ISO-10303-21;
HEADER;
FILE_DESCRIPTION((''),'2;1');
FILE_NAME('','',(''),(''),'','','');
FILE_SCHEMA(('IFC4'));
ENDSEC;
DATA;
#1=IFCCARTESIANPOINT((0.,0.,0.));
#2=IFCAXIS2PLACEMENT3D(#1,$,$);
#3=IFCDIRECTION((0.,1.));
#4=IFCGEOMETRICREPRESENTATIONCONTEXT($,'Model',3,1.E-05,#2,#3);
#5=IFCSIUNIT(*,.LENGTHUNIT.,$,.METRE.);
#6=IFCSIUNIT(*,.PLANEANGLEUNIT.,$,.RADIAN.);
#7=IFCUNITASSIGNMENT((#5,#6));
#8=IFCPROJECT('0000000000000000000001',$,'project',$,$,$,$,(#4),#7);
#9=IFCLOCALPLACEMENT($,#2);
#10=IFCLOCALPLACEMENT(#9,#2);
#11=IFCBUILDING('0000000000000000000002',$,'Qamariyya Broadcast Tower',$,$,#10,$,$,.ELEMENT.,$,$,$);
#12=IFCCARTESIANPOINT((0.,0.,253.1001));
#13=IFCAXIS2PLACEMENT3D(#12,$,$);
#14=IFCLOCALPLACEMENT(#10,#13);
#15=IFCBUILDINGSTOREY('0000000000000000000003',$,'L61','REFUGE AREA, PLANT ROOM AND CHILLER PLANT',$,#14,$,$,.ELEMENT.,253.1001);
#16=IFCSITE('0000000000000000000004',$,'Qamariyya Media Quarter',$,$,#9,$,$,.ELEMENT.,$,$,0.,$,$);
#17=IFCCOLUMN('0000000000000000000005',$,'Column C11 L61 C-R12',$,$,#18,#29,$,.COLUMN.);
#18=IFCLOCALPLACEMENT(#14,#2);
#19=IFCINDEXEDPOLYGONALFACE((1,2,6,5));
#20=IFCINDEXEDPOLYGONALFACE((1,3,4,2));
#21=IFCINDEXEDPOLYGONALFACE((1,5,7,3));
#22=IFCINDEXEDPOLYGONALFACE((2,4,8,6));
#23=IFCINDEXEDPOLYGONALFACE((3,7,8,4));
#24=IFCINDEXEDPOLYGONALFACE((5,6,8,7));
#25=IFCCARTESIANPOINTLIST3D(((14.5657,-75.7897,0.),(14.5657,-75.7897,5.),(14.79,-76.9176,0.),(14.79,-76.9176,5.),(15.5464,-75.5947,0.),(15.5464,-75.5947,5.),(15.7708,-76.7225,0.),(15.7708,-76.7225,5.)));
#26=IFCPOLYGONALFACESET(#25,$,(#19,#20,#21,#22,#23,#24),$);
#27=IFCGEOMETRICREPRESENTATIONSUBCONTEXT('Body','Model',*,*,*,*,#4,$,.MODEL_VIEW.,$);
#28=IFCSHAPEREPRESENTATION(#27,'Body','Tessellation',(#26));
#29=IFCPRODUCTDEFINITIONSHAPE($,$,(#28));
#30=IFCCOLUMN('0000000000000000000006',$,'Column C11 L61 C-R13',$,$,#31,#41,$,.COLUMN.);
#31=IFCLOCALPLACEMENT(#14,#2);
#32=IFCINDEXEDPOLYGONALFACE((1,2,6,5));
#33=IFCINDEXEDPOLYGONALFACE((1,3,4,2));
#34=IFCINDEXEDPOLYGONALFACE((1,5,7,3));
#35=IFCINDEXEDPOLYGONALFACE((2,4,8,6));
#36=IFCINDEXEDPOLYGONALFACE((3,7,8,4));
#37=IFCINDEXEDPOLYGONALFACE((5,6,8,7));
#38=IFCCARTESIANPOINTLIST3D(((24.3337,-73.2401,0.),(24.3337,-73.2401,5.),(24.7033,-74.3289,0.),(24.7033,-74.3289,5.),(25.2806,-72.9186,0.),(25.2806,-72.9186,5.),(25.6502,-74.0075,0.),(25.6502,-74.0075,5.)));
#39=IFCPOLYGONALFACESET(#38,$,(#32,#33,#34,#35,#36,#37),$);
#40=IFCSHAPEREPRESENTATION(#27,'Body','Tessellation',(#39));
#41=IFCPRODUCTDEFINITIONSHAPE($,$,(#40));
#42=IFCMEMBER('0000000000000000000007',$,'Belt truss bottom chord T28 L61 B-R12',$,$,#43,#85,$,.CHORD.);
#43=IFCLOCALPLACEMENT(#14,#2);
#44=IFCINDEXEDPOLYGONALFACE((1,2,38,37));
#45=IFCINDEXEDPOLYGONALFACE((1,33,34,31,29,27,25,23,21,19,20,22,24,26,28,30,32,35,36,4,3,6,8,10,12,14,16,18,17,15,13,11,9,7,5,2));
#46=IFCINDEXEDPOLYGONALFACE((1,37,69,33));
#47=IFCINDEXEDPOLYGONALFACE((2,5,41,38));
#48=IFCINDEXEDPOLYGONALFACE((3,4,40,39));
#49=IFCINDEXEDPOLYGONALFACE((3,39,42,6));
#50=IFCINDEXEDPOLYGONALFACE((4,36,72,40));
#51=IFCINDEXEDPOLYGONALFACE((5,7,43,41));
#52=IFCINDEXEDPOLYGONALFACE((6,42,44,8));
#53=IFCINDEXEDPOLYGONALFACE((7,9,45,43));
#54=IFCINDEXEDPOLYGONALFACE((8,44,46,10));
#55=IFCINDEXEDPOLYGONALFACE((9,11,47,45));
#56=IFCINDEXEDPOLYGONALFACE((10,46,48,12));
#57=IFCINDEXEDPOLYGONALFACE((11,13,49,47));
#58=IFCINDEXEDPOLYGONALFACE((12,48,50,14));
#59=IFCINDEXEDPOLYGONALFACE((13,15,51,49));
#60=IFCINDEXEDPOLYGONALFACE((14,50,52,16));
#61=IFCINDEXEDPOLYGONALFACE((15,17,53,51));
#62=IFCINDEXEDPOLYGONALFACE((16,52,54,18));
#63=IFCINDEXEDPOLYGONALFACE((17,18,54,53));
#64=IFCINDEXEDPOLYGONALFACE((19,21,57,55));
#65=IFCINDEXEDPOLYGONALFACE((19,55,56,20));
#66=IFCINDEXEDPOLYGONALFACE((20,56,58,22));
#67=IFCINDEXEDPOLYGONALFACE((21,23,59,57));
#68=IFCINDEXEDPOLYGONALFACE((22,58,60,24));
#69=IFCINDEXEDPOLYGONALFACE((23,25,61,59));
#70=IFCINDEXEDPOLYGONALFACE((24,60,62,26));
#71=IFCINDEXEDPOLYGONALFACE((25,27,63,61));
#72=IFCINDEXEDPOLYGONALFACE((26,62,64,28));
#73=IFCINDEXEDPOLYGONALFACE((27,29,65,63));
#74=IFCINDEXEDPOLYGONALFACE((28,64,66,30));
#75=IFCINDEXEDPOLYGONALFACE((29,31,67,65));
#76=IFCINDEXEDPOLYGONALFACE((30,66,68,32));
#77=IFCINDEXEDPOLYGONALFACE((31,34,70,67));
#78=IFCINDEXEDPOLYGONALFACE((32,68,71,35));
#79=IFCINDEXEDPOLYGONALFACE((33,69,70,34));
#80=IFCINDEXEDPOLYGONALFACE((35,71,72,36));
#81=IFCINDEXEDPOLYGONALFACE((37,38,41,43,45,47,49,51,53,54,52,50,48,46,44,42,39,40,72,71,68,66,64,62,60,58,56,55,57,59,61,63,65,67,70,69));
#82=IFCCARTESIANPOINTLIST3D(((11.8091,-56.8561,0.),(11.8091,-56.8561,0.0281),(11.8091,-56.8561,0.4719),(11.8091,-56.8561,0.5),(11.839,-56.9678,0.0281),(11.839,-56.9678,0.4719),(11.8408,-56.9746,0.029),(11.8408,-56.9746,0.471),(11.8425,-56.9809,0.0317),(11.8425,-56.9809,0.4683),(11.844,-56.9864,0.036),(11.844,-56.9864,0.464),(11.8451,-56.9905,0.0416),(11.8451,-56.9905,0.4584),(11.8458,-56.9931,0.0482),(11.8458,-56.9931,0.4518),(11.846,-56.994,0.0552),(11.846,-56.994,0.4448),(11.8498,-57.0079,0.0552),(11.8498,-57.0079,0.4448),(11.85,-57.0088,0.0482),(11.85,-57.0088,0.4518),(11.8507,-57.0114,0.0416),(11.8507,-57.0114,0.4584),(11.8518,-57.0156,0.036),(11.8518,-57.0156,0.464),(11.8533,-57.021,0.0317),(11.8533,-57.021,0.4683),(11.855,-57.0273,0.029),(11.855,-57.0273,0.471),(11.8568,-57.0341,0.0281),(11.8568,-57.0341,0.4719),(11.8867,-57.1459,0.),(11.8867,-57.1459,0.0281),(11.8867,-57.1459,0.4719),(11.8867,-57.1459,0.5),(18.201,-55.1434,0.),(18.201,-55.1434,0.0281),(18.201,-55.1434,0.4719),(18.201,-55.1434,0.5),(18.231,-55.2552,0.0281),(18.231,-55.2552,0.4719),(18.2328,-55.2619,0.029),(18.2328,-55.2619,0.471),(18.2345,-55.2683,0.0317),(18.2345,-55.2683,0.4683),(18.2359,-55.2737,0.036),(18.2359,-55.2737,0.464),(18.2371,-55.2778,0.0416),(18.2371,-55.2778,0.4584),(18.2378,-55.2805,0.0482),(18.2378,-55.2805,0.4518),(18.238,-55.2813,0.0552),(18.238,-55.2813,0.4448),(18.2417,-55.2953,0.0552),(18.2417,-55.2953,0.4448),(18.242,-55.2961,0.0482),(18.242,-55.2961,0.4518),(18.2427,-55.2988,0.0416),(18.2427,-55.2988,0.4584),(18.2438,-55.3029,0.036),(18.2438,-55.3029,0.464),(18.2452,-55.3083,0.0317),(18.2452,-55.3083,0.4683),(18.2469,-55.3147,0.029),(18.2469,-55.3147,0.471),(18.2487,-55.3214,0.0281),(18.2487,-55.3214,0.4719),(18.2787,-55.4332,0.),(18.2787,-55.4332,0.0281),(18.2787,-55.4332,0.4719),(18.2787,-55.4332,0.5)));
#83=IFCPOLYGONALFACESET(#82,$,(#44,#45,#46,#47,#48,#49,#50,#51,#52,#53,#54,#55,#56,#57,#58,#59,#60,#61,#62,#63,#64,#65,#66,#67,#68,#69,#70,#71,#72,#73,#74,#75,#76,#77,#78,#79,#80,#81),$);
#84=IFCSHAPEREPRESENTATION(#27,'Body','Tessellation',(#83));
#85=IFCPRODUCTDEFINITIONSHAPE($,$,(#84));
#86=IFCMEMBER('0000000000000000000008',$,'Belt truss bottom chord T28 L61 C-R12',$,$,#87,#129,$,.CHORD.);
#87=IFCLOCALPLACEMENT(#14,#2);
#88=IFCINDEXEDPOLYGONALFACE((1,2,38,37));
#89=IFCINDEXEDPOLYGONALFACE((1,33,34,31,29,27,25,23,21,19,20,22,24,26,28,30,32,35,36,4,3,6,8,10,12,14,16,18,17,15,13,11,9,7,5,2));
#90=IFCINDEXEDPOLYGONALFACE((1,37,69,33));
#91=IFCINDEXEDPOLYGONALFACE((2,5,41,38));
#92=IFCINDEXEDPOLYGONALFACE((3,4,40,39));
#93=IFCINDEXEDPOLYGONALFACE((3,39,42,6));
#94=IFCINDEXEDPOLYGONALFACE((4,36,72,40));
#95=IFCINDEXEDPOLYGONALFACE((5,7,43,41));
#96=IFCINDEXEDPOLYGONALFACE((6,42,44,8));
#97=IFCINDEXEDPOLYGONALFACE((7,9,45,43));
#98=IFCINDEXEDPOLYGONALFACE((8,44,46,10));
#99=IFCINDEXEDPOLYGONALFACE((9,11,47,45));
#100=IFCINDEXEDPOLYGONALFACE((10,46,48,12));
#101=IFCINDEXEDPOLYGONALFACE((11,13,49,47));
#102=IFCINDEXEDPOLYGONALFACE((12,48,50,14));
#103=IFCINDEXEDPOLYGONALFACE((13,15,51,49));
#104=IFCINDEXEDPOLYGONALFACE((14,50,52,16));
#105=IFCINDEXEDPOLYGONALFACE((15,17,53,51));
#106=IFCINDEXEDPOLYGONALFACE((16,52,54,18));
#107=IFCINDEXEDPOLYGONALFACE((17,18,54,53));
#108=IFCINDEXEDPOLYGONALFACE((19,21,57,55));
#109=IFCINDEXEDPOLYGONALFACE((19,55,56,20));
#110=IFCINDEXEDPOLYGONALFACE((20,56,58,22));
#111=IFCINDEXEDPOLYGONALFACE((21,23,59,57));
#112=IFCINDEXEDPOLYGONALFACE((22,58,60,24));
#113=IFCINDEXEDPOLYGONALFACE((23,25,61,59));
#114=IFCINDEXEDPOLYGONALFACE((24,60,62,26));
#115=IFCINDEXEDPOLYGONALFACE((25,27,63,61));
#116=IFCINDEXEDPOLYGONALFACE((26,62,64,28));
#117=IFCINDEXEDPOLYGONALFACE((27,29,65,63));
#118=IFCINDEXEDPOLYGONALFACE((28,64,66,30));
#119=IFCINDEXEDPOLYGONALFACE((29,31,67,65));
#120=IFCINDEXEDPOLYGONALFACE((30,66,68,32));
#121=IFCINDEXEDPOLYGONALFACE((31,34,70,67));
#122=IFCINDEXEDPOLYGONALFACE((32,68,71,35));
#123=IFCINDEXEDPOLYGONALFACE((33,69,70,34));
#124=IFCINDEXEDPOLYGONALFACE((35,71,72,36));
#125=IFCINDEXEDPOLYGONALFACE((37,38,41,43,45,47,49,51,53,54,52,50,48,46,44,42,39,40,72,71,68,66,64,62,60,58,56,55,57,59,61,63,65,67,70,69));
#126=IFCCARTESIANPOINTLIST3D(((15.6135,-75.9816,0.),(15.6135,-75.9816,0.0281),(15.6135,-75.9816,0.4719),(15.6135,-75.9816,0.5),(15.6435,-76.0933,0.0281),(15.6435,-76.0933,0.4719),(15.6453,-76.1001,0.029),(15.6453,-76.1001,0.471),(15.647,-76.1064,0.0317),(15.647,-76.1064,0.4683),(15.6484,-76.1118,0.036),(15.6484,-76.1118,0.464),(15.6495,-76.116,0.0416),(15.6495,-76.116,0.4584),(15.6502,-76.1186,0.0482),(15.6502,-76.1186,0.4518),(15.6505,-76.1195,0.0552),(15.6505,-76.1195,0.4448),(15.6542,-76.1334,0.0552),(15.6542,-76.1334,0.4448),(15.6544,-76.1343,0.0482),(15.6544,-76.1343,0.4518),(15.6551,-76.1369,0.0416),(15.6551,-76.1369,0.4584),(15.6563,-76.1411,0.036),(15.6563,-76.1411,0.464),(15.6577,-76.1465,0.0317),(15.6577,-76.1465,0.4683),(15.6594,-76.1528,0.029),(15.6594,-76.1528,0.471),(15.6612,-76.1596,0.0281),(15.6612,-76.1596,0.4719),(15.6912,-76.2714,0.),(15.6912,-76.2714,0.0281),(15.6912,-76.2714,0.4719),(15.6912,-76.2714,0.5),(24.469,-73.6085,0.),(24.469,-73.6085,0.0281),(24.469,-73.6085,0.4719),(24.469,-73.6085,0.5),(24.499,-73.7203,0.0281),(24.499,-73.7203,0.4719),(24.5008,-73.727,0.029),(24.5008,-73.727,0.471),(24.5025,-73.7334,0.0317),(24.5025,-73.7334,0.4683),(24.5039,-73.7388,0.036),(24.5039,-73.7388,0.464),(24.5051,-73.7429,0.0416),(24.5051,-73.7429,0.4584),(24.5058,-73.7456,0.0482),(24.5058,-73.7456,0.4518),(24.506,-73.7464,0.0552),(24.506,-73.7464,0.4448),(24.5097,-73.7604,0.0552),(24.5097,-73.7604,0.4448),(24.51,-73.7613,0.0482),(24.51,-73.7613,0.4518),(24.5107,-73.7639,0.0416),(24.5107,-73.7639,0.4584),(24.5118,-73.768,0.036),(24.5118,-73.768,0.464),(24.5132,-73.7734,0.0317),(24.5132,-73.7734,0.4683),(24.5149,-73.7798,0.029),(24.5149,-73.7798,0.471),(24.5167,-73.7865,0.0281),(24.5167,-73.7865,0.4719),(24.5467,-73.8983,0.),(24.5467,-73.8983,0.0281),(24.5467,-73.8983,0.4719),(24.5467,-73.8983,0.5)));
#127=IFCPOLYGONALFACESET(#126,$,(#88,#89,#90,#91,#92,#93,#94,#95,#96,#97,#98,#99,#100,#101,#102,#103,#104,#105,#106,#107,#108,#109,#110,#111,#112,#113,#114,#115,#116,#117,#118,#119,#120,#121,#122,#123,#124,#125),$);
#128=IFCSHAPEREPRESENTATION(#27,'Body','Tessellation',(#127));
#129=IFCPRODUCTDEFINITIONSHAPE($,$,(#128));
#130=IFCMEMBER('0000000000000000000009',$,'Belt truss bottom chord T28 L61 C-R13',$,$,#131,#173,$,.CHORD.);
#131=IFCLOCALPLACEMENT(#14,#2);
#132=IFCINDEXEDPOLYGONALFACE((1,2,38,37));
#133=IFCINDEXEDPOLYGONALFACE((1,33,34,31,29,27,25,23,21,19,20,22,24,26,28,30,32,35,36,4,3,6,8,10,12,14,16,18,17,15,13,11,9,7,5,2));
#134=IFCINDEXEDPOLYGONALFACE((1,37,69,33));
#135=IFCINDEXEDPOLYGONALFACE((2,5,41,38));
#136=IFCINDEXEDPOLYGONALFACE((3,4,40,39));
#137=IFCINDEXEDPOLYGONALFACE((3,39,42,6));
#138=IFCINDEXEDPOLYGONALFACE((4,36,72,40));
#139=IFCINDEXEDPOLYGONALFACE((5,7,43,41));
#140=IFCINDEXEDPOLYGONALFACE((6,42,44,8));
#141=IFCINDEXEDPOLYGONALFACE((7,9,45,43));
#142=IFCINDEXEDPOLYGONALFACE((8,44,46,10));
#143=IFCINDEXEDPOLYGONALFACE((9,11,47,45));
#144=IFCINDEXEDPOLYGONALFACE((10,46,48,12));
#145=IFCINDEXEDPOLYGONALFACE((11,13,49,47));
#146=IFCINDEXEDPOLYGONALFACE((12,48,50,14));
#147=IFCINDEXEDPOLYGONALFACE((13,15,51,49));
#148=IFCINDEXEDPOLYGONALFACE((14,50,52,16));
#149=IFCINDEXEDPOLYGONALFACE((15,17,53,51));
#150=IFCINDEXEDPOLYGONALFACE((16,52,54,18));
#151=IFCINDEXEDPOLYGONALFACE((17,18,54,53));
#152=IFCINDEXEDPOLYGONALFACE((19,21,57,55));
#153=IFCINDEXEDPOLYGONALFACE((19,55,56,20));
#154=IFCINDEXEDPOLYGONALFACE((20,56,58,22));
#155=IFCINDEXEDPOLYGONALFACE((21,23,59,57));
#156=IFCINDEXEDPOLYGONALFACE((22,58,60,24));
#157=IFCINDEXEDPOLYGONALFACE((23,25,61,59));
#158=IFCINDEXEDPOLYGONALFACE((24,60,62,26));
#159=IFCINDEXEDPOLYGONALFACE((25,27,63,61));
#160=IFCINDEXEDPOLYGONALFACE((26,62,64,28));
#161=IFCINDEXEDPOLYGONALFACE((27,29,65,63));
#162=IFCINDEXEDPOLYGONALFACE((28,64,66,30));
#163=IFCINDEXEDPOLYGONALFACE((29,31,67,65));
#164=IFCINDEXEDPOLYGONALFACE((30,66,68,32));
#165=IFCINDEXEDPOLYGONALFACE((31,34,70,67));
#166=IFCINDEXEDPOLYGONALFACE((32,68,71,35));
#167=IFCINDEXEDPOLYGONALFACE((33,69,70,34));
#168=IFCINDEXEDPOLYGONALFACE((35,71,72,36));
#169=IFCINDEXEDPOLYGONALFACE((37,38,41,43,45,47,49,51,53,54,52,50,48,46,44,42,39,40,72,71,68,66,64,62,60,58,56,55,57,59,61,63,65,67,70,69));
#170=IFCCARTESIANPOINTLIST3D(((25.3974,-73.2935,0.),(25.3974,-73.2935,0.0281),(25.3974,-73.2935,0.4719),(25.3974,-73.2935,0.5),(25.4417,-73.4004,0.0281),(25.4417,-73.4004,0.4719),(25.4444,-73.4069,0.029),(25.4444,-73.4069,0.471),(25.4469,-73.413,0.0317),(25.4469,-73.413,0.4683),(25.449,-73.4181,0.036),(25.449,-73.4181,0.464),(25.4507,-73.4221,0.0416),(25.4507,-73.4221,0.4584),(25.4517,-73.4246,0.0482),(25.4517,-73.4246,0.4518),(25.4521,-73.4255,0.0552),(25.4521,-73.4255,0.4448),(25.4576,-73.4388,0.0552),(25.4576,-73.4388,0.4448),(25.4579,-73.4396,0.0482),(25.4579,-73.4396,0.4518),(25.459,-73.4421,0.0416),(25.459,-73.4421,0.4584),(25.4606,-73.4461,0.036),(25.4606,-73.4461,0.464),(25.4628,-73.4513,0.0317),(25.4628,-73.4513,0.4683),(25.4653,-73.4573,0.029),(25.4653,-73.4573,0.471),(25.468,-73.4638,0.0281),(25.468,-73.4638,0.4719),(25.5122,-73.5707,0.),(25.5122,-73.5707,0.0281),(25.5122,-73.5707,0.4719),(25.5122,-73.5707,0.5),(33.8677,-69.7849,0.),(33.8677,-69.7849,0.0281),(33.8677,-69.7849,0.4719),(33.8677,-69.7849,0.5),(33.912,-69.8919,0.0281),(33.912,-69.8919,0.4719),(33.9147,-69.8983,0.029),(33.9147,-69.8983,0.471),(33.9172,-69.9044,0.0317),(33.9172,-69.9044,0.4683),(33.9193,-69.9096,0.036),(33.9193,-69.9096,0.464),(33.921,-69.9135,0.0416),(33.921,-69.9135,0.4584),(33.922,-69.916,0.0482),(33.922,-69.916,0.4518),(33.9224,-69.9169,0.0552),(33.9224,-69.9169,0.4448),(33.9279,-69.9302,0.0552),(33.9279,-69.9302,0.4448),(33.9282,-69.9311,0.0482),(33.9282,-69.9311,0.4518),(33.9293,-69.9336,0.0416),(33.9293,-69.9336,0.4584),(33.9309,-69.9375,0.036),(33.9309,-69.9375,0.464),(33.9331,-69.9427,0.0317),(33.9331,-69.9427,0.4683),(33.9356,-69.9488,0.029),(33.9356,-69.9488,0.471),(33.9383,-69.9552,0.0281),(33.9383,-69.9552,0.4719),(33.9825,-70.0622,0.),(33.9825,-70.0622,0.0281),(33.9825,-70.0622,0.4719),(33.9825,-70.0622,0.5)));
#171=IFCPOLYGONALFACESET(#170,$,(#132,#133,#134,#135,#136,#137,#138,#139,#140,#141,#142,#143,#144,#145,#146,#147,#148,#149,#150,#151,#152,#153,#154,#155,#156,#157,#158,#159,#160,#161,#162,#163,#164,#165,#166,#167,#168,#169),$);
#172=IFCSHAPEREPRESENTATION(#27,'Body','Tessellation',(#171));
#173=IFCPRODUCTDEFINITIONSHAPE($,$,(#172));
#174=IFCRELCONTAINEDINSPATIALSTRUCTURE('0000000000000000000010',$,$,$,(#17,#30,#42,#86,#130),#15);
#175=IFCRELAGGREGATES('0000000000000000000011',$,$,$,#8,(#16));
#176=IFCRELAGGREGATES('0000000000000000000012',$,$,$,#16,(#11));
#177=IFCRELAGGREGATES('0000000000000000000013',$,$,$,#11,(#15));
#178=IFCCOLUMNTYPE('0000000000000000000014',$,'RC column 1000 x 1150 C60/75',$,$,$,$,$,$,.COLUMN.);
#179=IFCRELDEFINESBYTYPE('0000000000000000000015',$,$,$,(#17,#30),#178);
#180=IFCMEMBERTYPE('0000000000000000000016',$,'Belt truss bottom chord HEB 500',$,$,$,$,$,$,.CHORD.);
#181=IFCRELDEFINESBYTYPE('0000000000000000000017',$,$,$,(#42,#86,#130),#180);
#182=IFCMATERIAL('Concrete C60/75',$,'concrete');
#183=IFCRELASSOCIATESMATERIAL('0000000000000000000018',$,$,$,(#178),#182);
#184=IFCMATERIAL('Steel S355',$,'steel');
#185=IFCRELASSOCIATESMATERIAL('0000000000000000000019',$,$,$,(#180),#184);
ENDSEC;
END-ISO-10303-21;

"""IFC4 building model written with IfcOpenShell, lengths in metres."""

from ifc_helpers import new_model, si_unit, direction, frame, origin, origin_2d, place, context, subcontext, project, spatial, rectangle, i_section, extrude, material, material_profile, profile_set, type_object, element, save


model = new_model("IFC4")

# Units and contexts
model_context = context("Model", 3, precision=1e-05, world=origin(), true_north=direction((0.0, 1.0)))
body_context = subcontext(model_context, "Body", "Model", "MODEL_VIEW")
ifc_project = project(units=[si_unit("LENGTHUNIT", "METRE"), si_unit("PLANEANGLEUNIT", "RADIAN")], contexts=[model_context])

# Site, building, storey
site_placement = place(None, origin())
site = spatial("IfcSite", under=ifc_project, at=site_placement, Name="Qamariyya Media Quarter", CompositionType="ELEMENT", RefElevation=0.0)
building_placement = place(site_placement, origin())
building = spatial("IfcBuilding", under=site, at=building_placement, Name="Qamariyya Broadcast Tower", CompositionType="ELEMENT")
storey_placement = place(building_placement, frame((0.0, 0.0, 253.1001)))
storey = spatial("IfcBuildingStorey", under=building, at=storey_placement, Name="L61", Description="REFUGE AREA, PLANT ROOM AND CHILLER PLANT", CompositionType="ELEMENT", Elevation=253.1001)

# Columns
ifc_material_1 = material(Name="Concrete C60/75", Category="concrete")
ifc_material_profile_1 = material_profile(ifc_material_1, rectangle(XDim=1.0, YDim=1.1499, at=origin_2d()))
ifc_profile_set_1 = profile_set([ifc_material_profile_1], Name="Concrete C60/75")
column_type = type_object("IfcColumnType", Name="RC column 1000 x 1150 C60/75", PredefinedType="COLUMN", material=ifc_profile_set_1)
for number, where, z_axis, x_axis, name in (
    (1, (15.1682, -76.2561, 0.0), (0.0, 0.0, 1.0), (0.980785, 0.19509, 0.0), "Column C11 L61 C-R12"),
    (2, (24.9919, -73.6238, 0.0), (0.0, 0.0, 1.0), (0.94693, 0.321439, 0.0), "Column C11 L61 C-R13"),
):
    element("IfcColumn", number, at=place(storey_placement, frame(where, z_axis=z_axis, x_axis=x_axis)), inside=storey, type_object=column_type, Name=name, PredefinedType="COLUMN", context=body_context, shape_type="SweptSolid", body=[
        extrude(rectangle(XDim=1.0, YDim=1.1499, at=origin_2d()), origin(), (0.0, 0.0, 1.0), 5.0),
    ])

# Members
ifc_material_2 = material(Name="Steel S355", Category="steel")
ifc_material_profile_2 = material_profile(ifc_material_2, i_section(OverallWidth=0.3, OverallDepth=0.5, WebThickness=0.0144, FlangeThickness=0.0281, FilletRadius=0.0271, at=origin_2d()))
ifc_profile_set_2 = profile_set([ifc_material_profile_2], Name="Steel S355")
member_type_1 = type_object("IfcMemberType", Name="Belt truss bottom chord HEB 500", PredefinedType="CHORD", material=ifc_profile_set_2)
member_1_placement = place(storey_placement, frame((11.8479, -57.001, 0.25), z_axis=(0.965927, 0.258813, 0.0), x_axis=(-0.258813, 0.965927, 0.0)))
element("IfcMember", 3, at=member_1_placement, inside=storey, type_object=member_type_1, Name="Belt truss bottom chord T28 L61 B-R12", PredefinedType="CHORD", context=body_context, shape_type="SweptSolid", body=[
    extrude(i_section(OverallWidth=0.3, OverallDepth=0.5, WebThickness=0.0144, FlangeThickness=0.0281, FilletRadius=0.0271, at=origin_2d()), origin(), (0.0, 0.0, 1.0), 6.6174),
])
member_2_placement = place(storey_placement, frame((15.6523, -76.1265, 0.25), z_axis=(0.96592, 0.258843, 0.0), x_axis=(-0.258843, 0.96592, 0.0)))
element("IfcMember", 4, at=member_2_placement, inside=storey, type_object=member_type_1, Name="Belt truss bottom chord T28 L61 C-R12", PredefinedType="CHORD", context=body_context, shape_type="SweptSolid", body=[
    extrude(i_section(OverallWidth=0.3, OverallDepth=0.5, WebThickness=0.0144, FlangeThickness=0.0281, FilletRadius=0.0271, at=origin_2d()), origin(), (0.0, 0.0, 1.0), 9.168),
])
member_3_placement = place(storey_placement, frame((25.4548, -73.4321, 0.25), z_axis=(0.923877, 0.38269, 0.0), x_axis=(-0.38269, 0.923877, 0.0)))
element("IfcMember", 5, at=member_3_placement, inside=storey, type_object=member_type_1, Name="Belt truss bottom chord T28 L61 C-R13", PredefinedType="CHORD", context=body_context, shape_type="SweptSolid", body=[
    extrude(i_section(OverallWidth=0.3, OverallDepth=0.5, WebThickness=0.0144, FlangeThickness=0.0281, FilletRadius=0.0271, at=origin_2d()), origin(), (0.0, 0.0, 1.0), 9.1682),
])

save(model, "model.ifc")
